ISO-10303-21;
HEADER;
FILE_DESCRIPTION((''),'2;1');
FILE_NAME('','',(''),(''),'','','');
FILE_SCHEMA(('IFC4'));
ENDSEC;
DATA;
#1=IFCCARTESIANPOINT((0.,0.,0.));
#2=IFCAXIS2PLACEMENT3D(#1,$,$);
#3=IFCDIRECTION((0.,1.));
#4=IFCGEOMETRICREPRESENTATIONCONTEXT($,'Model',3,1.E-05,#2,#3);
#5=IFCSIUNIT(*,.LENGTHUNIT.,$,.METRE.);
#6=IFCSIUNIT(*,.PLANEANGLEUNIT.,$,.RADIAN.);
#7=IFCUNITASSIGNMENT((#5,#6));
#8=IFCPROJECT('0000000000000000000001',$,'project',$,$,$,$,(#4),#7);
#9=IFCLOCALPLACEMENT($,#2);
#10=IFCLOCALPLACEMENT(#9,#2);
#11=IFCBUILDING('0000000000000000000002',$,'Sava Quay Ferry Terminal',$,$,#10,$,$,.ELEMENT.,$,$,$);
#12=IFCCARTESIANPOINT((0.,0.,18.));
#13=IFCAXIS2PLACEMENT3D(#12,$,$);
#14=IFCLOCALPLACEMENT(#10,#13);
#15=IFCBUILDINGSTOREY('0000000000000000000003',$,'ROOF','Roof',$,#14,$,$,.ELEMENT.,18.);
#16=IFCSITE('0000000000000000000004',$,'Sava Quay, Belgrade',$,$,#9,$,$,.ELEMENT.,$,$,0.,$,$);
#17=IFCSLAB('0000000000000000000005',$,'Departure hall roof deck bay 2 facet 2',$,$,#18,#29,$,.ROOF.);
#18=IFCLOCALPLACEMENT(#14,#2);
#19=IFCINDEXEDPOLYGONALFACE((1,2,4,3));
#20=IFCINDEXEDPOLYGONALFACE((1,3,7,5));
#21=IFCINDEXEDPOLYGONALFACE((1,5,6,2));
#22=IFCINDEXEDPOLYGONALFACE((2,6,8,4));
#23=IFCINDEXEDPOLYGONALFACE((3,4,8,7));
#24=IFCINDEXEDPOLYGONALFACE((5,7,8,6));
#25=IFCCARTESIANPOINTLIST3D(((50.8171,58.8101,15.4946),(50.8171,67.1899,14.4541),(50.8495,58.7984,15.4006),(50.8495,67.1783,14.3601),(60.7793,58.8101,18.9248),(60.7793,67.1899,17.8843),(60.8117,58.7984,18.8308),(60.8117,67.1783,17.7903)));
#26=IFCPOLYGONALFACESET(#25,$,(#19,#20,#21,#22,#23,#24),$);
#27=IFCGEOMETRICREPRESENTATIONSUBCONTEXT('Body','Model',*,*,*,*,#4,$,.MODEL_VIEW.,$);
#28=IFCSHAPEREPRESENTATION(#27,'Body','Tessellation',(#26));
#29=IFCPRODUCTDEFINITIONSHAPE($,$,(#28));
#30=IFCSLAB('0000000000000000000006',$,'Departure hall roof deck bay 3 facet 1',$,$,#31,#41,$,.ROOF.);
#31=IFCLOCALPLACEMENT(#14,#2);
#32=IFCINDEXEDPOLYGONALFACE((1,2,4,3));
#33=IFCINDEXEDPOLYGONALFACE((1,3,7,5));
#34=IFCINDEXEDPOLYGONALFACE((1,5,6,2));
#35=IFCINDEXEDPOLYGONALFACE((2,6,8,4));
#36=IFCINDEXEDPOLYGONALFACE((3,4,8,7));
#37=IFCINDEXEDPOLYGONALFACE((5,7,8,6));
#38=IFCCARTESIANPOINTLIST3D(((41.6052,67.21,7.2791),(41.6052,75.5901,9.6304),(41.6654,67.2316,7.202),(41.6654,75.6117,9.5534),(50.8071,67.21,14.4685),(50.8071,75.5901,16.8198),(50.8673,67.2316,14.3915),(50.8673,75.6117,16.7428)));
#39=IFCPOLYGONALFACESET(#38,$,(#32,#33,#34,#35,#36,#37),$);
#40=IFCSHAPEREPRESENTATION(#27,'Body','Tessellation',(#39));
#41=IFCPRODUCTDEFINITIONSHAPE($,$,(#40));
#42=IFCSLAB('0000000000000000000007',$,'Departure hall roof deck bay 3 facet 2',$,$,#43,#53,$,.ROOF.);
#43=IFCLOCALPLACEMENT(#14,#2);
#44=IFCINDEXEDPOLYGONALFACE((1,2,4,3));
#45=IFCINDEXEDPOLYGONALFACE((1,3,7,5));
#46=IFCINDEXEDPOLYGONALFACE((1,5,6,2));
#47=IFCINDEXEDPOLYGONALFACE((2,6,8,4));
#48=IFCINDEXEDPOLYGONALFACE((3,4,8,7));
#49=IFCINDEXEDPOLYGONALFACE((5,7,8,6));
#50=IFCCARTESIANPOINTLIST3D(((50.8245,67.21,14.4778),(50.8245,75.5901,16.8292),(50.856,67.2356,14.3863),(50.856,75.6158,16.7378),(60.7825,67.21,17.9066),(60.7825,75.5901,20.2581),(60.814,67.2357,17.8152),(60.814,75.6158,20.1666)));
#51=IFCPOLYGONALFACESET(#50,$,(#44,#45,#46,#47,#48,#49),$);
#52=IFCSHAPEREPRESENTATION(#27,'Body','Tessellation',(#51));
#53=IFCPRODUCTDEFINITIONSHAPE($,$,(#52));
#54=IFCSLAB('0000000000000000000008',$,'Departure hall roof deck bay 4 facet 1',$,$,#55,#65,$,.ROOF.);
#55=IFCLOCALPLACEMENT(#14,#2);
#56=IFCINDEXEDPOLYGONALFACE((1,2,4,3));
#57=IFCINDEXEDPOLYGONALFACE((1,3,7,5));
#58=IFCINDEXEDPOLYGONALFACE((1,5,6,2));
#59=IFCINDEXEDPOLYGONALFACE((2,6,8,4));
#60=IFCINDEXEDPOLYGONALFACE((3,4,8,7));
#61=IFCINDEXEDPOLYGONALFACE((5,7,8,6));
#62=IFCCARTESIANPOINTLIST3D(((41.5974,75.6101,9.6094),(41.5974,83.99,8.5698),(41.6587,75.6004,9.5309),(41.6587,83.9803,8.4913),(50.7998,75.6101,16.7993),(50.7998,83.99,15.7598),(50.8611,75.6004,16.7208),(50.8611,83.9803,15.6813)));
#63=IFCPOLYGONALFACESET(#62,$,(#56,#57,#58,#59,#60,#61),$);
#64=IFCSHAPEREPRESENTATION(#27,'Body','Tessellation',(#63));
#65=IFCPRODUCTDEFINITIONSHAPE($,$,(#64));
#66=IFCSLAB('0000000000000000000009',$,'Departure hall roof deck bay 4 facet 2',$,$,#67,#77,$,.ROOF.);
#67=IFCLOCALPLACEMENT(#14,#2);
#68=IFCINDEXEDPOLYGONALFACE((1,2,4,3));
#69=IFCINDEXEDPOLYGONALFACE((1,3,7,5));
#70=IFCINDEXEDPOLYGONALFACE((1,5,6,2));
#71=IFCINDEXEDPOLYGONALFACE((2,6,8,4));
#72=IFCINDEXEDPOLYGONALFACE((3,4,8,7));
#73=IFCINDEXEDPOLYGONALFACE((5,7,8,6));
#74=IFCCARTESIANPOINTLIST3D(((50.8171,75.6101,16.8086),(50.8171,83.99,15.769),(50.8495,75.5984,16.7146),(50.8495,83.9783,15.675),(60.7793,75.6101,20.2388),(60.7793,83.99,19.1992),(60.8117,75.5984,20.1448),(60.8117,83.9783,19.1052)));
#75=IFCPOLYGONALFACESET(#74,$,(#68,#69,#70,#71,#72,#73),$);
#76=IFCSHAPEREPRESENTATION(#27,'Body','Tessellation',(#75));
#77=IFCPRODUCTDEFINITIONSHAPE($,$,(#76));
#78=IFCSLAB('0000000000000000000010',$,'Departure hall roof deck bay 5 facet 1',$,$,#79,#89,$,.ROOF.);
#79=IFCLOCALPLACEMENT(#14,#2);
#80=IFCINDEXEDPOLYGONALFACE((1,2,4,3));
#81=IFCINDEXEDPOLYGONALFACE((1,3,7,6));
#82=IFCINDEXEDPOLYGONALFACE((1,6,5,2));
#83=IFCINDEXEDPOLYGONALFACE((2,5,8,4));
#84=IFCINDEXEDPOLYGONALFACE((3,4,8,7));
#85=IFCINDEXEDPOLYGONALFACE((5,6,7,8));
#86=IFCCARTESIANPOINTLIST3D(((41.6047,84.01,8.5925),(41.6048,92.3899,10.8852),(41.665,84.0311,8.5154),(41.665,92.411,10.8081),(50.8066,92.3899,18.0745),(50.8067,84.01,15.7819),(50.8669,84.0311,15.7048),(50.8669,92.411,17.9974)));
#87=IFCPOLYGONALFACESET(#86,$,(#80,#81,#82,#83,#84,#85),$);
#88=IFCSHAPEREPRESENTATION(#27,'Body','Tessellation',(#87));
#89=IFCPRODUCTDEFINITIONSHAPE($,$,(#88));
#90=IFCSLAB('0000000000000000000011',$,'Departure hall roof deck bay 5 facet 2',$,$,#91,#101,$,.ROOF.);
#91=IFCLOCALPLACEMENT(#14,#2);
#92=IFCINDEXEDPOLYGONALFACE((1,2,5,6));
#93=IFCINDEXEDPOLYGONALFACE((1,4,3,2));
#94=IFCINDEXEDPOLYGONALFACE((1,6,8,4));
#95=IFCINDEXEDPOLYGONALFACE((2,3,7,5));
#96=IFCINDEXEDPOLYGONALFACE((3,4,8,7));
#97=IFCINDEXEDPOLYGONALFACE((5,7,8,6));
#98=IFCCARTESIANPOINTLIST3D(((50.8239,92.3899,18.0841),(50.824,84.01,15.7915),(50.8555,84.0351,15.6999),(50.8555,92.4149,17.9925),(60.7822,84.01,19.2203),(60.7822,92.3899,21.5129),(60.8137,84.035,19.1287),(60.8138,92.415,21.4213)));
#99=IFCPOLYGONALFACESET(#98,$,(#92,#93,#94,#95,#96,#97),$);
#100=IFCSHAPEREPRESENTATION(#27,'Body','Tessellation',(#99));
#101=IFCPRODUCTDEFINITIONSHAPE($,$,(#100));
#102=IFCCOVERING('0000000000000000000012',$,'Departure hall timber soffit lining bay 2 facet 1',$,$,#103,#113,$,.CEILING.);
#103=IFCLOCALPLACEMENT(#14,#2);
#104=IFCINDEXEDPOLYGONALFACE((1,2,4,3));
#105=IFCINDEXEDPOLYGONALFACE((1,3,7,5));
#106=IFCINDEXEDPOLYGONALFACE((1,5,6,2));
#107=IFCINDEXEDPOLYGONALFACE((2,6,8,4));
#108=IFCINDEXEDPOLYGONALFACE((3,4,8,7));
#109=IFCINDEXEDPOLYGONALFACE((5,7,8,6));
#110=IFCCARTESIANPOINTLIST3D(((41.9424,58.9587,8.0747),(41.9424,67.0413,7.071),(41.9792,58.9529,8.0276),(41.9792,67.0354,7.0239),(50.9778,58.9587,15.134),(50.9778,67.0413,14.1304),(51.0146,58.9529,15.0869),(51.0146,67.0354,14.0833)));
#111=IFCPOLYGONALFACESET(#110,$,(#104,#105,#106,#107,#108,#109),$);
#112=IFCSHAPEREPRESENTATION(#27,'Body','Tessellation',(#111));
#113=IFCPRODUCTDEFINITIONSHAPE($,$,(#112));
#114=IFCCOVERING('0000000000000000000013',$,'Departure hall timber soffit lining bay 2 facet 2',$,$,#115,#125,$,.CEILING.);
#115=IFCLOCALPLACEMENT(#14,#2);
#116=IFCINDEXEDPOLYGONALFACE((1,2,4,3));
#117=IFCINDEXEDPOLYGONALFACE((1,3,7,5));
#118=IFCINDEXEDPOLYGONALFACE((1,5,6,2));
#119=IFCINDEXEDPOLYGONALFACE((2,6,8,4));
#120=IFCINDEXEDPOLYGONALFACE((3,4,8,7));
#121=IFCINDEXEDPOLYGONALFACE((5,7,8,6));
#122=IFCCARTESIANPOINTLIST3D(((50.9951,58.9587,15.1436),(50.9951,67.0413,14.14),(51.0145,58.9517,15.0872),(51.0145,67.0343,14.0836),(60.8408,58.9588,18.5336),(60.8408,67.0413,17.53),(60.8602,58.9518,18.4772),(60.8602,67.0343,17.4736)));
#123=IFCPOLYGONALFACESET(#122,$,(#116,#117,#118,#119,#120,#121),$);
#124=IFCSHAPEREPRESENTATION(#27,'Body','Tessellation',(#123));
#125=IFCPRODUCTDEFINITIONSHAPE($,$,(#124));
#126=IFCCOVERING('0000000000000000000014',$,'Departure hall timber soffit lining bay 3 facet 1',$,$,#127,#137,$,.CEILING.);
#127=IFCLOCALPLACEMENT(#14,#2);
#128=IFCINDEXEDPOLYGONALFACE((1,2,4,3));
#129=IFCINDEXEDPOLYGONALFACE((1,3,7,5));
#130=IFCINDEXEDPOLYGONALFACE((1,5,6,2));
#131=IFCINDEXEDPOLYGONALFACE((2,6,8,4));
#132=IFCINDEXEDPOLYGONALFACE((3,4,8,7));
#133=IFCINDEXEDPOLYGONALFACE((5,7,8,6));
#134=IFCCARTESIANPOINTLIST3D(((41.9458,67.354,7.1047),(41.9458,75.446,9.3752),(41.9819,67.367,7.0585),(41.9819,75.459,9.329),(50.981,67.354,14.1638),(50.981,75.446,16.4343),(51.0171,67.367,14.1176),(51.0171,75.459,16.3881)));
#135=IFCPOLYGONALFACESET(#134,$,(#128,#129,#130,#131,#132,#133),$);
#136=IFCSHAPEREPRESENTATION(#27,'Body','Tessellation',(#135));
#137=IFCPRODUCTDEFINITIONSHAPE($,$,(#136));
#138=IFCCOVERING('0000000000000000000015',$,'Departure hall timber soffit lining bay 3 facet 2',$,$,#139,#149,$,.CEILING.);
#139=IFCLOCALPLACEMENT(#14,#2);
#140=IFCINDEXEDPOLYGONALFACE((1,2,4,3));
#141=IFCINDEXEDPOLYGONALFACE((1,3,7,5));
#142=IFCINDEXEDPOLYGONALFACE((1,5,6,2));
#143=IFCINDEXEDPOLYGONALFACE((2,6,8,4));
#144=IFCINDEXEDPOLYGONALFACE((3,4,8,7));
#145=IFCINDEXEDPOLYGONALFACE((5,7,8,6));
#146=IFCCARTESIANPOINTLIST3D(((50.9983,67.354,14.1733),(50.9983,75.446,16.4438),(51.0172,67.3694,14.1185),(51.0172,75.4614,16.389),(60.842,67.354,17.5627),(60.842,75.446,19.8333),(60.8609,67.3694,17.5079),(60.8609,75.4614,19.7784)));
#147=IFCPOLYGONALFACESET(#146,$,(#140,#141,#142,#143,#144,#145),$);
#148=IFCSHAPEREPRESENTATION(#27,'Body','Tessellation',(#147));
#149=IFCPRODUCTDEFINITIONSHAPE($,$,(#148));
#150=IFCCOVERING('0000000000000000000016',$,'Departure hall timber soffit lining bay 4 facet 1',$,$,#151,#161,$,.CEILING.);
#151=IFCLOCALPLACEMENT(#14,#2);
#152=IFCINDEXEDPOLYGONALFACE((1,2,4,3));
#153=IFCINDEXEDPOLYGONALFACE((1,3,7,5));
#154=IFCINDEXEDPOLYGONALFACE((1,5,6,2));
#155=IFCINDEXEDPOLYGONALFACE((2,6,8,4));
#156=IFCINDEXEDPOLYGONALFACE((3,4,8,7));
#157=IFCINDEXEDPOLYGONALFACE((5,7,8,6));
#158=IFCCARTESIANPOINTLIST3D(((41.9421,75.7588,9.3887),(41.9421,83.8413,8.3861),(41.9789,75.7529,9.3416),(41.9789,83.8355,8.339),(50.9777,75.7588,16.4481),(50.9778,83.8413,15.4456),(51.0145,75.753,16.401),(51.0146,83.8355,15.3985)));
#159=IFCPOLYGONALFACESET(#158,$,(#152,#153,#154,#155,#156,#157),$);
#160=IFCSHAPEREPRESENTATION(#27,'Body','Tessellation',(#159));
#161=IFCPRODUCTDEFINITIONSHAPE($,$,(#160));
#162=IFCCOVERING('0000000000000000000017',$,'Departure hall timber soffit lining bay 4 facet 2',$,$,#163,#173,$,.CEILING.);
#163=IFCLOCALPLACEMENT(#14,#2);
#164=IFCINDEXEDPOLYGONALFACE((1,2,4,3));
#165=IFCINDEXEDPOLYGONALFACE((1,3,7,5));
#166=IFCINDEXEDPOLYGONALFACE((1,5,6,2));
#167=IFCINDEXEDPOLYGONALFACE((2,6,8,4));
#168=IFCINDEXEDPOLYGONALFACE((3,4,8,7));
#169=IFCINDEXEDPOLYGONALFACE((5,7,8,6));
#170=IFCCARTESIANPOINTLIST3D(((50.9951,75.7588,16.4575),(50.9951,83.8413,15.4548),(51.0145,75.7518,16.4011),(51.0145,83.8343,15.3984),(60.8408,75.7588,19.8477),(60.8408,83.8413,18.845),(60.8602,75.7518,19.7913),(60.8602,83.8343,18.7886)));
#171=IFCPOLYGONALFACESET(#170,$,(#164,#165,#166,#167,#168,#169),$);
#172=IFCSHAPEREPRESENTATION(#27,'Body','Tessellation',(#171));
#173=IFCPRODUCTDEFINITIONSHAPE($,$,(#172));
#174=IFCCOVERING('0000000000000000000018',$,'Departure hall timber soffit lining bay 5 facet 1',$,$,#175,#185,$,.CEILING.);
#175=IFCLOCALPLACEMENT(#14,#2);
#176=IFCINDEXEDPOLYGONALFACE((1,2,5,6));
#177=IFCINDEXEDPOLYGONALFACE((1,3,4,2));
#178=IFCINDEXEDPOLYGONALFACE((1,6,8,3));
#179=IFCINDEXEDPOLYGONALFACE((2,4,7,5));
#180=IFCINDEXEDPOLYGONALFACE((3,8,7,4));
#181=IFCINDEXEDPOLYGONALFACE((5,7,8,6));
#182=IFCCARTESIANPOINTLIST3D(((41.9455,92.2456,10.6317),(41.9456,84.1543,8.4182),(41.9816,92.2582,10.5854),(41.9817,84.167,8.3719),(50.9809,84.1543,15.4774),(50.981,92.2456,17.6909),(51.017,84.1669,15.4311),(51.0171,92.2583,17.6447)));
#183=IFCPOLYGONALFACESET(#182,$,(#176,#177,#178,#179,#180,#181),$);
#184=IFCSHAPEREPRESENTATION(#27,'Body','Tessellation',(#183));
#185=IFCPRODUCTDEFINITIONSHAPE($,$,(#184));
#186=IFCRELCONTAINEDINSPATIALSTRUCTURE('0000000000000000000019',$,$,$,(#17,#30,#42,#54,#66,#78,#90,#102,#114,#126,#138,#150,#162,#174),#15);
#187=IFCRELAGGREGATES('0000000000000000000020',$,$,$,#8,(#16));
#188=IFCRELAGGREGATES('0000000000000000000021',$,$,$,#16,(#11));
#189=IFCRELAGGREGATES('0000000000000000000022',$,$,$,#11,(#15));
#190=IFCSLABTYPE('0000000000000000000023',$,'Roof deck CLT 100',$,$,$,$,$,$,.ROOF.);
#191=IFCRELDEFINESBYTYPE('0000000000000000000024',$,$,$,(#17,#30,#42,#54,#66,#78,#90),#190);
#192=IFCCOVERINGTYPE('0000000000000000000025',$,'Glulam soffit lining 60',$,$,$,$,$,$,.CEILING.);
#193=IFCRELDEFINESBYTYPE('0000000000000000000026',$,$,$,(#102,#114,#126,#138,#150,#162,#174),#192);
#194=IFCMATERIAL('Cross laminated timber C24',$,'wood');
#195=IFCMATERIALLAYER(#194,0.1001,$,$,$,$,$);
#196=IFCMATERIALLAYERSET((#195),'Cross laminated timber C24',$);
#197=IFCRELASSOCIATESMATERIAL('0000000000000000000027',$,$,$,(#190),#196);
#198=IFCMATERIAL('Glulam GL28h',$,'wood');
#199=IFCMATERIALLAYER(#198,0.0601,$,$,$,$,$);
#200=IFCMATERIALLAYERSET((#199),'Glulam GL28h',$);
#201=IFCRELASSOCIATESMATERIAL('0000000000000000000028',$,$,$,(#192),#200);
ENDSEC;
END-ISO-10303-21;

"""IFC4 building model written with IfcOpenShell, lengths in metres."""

from ifc_helpers import new_model, si_unit, direction, frame, origin, place, context, subcontext, project, spatial, polyline, outline, extrude, material, layer, layer_set, type_object, element, save


model = new_model("IFC4")

# Units and contexts
model_context = context("Model", 3, precision=1e-05, world=origin(), true_north=direction((0.0, 1.0)))
body_context = subcontext(model_context, "Body", "Model", "MODEL_VIEW")
ifc_project = project(units=[si_unit("LENGTHUNIT", "METRE"), si_unit("PLANEANGLEUNIT", "RADIAN")], contexts=[model_context])

# Site, building, storey
site_placement = place(None, origin())
site = spatial("IfcSite", under=ifc_project, at=site_placement, Name="Sava Quay, Belgrade", CompositionType="ELEMENT", RefElevation=0.0)
building_placement = place(site_placement, origin())
building = spatial("IfcBuilding", under=site, at=building_placement, Name="Sava Quay Ferry Terminal", CompositionType="ELEMENT")
storey_placement = place(building_placement, frame((0.0, 0.0, 18.0)))
storey = spatial("IfcBuildingStorey", under=building, at=storey_placement, Name="ROOF", Description="Roof", CompositionType="ELEMENT", Elevation=18.0)

# Slabs
ifc_material_1 = material(Name="Cross laminated timber C24", Category="wood")
ifc_layer_1 = layer(ifc_material_1, 0.1001)
ifc_layer_set_1 = layer_set([ifc_layer_1], Name="Cross laminated timber C24")
slab_type = type_object("IfcSlabType", Name="Roof deck CLT 100", PredefinedType="ROOF", material=ifc_layer_set_1)
slab_1_placement = place(storey_placement, frame((50.8171, 58.8101, 15.4946), z_axis=(-0.323341, 0.116604, 0.939071), x_axis=(0.0, 0.992379, -0.123223)))
element("IfcSlab", 1, at=slab_1_placement, inside=storey, type_object=slab_type, Name="Departure hall roof deck bay 2 facet 2", PredefinedType="ROOF", context=body_context, shape_type="SweptSolid", body=[
    extrude(outline(polyline([(0.0, 0.0), (8.4442, 0.0), (8.0216, -10.5277), (-0.4227, -10.5277), (0.0, 0.0)])), origin(), (0.0, 0.0, -1.0), 0.1001),
])
slab_2_placement = place(storey_placement, frame((41.6052, 67.21, 7.2791), z_axis=(-0.60115, -0.215887, 0.769423), x_axis=(0.0, 0.962818, 0.27015)))
element("IfcSlab", 2, at=slab_2_placement, inside=storey, type_object=slab_type, Name="Departure hall roof deck bay 3 facet 1", PredefinedType="ROOF", context=body_context, shape_type="SweptSolid", body=[
    extrude(outline(polyline([(0.0, 0.0), (8.7037, 0.0), (10.646, -11.5148), (1.9422, -11.5148), (0.0, 0.0)])), origin(), (0.0, 0.0, -1.0), 0.1001),
])
slab_3_placement = place(storey_placement, frame((50.8245, 67.21, 14.4778), z_axis=(-0.314683, -0.256438, 0.913901), x_axis=(0.000004, 0.962814, 0.270164)))
element("IfcSlab", 3, at=slab_3_placement, inside=storey, type_object=slab_type, Name="Departure hall roof deck bay 3 facet 2", PredefinedType="ROOF", context=body_context, shape_type="SweptSolid", body=[
    extrude(outline(polyline([(0.0, 0.0), (8.7038, 0.0), (9.6302, -10.4909), (0.9264, -10.491), (0.0, 0.0)])), origin(), (0.0, 0.0, -1.0), 0.1001),
])
slab_4_placement = place(storey_placement, frame((41.5974, 75.6101, 9.6094), z_axis=(-0.612754, 0.09729, 0.784262), x_axis=(0.0, 0.992393, -0.123109)))
element("IfcSlab", 4, at=slab_4_placement, inside=storey, type_object=slab_type, Name="Departure hall roof deck bay 4 facet 1", PredefinedType="ROOF", context=body_context, shape_type="SweptSolid", body=[
    extrude(outline(polyline([(0.0, 0.0), (8.4441, 0.0), (7.559, -11.6446), (-0.8851, -11.6446), (0.0, 0.0)])), origin(), (0.0, 0.0, -1.0), 0.1001),
])
slab_5_placement = place(storey_placement, frame((50.8171, 75.6101, 16.8086), z_axis=(-0.323345, 0.116496, 0.939083), x_axis=(0.0, 0.992393, -0.123109)))
element("IfcSlab", 5, at=slab_5_placement, inside=storey, type_object=slab_type, Name="Departure hall roof deck bay 4 facet 2", PredefinedType="ROOF", context=body_context, shape_type="SweptSolid", body=[
    extrude(outline(polyline([(0.0, 0.0), (8.4441, 0.0), (8.0218, -10.5277), (-0.4223, -10.5277), (0.0, 0.0)])), origin(), (0.0, 0.0, -1.0), 0.1001),
])
slab_6_placement = place(storey_placement, frame((41.6047, 84.01, 8.5925), z_axis=(-0.601835, -0.210745, 0.770312), x_axis=(0.000007, 0.964552, 0.263891)))
element("IfcSlab", 6, at=slab_6_placement, inside=storey, type_object=slab_type, Name="Departure hall roof deck bay 5 facet 1", PredefinedType="ROOF", context=body_context, shape_type="SweptSolid", body=[
    extrude(outline(polyline([(0.0, 0.0), (8.6879, 0.0), (10.5851, -11.5222), (1.8973, -11.5223), (0.0, 0.0)])), origin(), (0.0, 0.0, -1.0), 0.1001),
])
slab_7_placement = place(storey_placement, frame((50.824, 84.01, 15.7915), z_axis=(-0.315188, -0.250436, 0.91539), x_axis=(-0.000004, 0.964554, 0.263885)))
element("IfcSlab", 7, at=slab_7_placement, inside=storey, type_object=slab_type, Name="Departure hall roof deck bay 5 facet 2", PredefinedType="ROOF", context=body_context, shape_type="SweptSolid", body=[
    extrude(outline(polyline([(0.0, 0.0), (8.6878, 0.0), (9.5926, -10.4931), (0.9047, -10.4931), (0.0, 0.0)])), origin(), (0.0, 0.0, -1.0), 0.1001),
])

# Coverings
ifc_material_2 = material(Name="Glulam GL28h", Category="wood")
ifc_layer_2 = layer(ifc_material_2, 0.0601)
ifc_layer_set_2 = layer_set([ifc_layer_2], Name="Glulam GL28h")
covering_type_1 = type_object("IfcCoveringType", Name="Glulam soffit lining 60", PredefinedType="CEILING", material=ifc_layer_set_2)
covering_1_placement = place(storey_placement, frame((41.9424, 58.9587, 8.0747), z_axis=(-0.61274, 0.097387, 0.784261), x_axis=(0.0, 0.992378, -0.12323)))
element("IfcCovering", 8, at=covering_1_placement, inside=storey, type_object=covering_type_1, Name="Departure hall timber soffit lining bay 2 facet 1", PredefinedType="CEILING", context=body_context, shape_type="SweptSolid", body=[
    extrude(outline(polyline([(0.0, 0.0), (8.1446, 0.0), (7.2747, -11.4331), (-0.8699, -11.4331), (0.0, 0.0)])), origin(), (0.0, 0.0, -1.0), 0.0601),
])
covering_2_placement = place(storey_placement, frame((50.9951, 58.9587, 15.1436), z_axis=(-0.323336, 0.116597, 0.939073), x_axis=(-0.000005, 0.99238, -0.123217)))
element("IfcCovering", 9, at=covering_2_placement, inside=storey, type_object=covering_type_1, Name="Departure hall timber soffit lining bay 2 facet 2", PredefinedType="CEILING", context=body_context, shape_type="SweptSolid", body=[
    extrude(outline(polyline([(0.0, 0.0), (8.1446, 0.0), (7.7268, -10.4046), (-0.4177, -10.4046), (0.0, 0.0)])), origin(), (0.0, 0.0, -1.0), 0.0601),
])
covering_3_placement = place(storey_placement, frame((41.9458, 67.354, 7.1047), z_axis=(-0.601145, -0.21589, 0.769426), x_axis=(0.0, 0.962818, 0.270152)))
element("IfcCovering", 10, at=covering_3_placement, inside=storey, type_object=covering_type_1, Name="Departure hall timber soffit lining bay 3 facet 1", PredefinedType="CEILING", context=body_context, shape_type="SweptSolid", body=[
    extrude(outline(polyline([(0.0, 0.0), (8.4045, 0.0), (10.3116, -11.3061), (1.907, -11.3061), (0.0, 0.0)])), origin(), (0.0, 0.0, -1.0), 0.0601),
])
covering_4_placement = place(storey_placement, frame((50.9983, 67.354, 14.1733), z_axis=(-0.314676, -0.256428, 0.913905), x_axis=(0.0, 0.962818, 0.270152)))
element("IfcCovering", 11, at=covering_4_placement, inside=storey, type_object=covering_type_1, Name="Departure hall timber soffit lining bay 3 facet 2", PredefinedType="CEILING", context=body_context, shape_type="SweptSolid", body=[
    extrude(outline(polyline([(0.0, 0.0), (8.4045, 0.0), (9.3202, -10.3706), (0.9157, -10.3706), (0.0, 0.0)])), origin(), (0.0, 0.0, -1.0), 0.0601),
])
covering_5_placement = place(storey_placement, frame((41.9421, 75.7588, 9.3887), z_axis=(-0.612743, 0.097282, 0.784272), x_axis=(-0.000007, 0.992394, -0.123103)))
element("IfcCovering", 12, at=covering_5_placement, inside=storey, type_object=covering_type_1, Name="Departure hall timber soffit lining bay 4 facet 1", PredefinedType="CEILING", context=body_context, shape_type="SweptSolid", body=[
    extrude(outline(polyline([(0.0, 0.0), (8.1445, 0.0), (7.2754, -11.4335), (-0.8691, -11.4334), (0.0, 0.0)])), origin(), (0.0, 0.0, -1.0), 0.0601),
])
covering_6_placement = place(storey_placement, frame((50.9951, 75.7588, 16.4575), z_axis=(-0.32335, 0.116499, 0.939081), x_axis=(0.0, 0.992393, -0.123112)))
element("IfcCovering", 13, at=covering_6_placement, inside=storey, type_object=covering_type_1, Name="Departure hall timber soffit lining bay 4 facet 2", PredefinedType="CEILING", context=body_context, shape_type="SweptSolid", body=[
    extrude(outline(polyline([(0.0, 0.0), (8.1445, 0.0), (7.7271, -10.4046), (-0.4174, -10.4046), (0.0, 0.0)])), origin(), (0.0, 0.0, -1.0), 0.0601),
])
covering_7_placement = place(storey_placement, frame((41.9456, 84.1543, 8.4182), z_axis=(-0.601835, -0.210732, 0.770316), x_axis=(-0.000007, 0.96456, 0.263865)))
element("IfcCovering", 14, at=covering_7_placement, inside=storey, type_object=covering_type_1, Name="Departure hall timber soffit lining bay 5 facet 1", PredefinedType="CEILING", context=body_context, shape_type="SweptSolid", body=[
    extrude(outline(polyline([(0.0, 0.0), (8.3886, 0.0), (10.2512, -11.3138), (1.8626, -11.3137), (0.0, 0.0)])), origin(), (0.0, 0.0, -1.0), 0.0601),
])

save(model, "model.ifc")
